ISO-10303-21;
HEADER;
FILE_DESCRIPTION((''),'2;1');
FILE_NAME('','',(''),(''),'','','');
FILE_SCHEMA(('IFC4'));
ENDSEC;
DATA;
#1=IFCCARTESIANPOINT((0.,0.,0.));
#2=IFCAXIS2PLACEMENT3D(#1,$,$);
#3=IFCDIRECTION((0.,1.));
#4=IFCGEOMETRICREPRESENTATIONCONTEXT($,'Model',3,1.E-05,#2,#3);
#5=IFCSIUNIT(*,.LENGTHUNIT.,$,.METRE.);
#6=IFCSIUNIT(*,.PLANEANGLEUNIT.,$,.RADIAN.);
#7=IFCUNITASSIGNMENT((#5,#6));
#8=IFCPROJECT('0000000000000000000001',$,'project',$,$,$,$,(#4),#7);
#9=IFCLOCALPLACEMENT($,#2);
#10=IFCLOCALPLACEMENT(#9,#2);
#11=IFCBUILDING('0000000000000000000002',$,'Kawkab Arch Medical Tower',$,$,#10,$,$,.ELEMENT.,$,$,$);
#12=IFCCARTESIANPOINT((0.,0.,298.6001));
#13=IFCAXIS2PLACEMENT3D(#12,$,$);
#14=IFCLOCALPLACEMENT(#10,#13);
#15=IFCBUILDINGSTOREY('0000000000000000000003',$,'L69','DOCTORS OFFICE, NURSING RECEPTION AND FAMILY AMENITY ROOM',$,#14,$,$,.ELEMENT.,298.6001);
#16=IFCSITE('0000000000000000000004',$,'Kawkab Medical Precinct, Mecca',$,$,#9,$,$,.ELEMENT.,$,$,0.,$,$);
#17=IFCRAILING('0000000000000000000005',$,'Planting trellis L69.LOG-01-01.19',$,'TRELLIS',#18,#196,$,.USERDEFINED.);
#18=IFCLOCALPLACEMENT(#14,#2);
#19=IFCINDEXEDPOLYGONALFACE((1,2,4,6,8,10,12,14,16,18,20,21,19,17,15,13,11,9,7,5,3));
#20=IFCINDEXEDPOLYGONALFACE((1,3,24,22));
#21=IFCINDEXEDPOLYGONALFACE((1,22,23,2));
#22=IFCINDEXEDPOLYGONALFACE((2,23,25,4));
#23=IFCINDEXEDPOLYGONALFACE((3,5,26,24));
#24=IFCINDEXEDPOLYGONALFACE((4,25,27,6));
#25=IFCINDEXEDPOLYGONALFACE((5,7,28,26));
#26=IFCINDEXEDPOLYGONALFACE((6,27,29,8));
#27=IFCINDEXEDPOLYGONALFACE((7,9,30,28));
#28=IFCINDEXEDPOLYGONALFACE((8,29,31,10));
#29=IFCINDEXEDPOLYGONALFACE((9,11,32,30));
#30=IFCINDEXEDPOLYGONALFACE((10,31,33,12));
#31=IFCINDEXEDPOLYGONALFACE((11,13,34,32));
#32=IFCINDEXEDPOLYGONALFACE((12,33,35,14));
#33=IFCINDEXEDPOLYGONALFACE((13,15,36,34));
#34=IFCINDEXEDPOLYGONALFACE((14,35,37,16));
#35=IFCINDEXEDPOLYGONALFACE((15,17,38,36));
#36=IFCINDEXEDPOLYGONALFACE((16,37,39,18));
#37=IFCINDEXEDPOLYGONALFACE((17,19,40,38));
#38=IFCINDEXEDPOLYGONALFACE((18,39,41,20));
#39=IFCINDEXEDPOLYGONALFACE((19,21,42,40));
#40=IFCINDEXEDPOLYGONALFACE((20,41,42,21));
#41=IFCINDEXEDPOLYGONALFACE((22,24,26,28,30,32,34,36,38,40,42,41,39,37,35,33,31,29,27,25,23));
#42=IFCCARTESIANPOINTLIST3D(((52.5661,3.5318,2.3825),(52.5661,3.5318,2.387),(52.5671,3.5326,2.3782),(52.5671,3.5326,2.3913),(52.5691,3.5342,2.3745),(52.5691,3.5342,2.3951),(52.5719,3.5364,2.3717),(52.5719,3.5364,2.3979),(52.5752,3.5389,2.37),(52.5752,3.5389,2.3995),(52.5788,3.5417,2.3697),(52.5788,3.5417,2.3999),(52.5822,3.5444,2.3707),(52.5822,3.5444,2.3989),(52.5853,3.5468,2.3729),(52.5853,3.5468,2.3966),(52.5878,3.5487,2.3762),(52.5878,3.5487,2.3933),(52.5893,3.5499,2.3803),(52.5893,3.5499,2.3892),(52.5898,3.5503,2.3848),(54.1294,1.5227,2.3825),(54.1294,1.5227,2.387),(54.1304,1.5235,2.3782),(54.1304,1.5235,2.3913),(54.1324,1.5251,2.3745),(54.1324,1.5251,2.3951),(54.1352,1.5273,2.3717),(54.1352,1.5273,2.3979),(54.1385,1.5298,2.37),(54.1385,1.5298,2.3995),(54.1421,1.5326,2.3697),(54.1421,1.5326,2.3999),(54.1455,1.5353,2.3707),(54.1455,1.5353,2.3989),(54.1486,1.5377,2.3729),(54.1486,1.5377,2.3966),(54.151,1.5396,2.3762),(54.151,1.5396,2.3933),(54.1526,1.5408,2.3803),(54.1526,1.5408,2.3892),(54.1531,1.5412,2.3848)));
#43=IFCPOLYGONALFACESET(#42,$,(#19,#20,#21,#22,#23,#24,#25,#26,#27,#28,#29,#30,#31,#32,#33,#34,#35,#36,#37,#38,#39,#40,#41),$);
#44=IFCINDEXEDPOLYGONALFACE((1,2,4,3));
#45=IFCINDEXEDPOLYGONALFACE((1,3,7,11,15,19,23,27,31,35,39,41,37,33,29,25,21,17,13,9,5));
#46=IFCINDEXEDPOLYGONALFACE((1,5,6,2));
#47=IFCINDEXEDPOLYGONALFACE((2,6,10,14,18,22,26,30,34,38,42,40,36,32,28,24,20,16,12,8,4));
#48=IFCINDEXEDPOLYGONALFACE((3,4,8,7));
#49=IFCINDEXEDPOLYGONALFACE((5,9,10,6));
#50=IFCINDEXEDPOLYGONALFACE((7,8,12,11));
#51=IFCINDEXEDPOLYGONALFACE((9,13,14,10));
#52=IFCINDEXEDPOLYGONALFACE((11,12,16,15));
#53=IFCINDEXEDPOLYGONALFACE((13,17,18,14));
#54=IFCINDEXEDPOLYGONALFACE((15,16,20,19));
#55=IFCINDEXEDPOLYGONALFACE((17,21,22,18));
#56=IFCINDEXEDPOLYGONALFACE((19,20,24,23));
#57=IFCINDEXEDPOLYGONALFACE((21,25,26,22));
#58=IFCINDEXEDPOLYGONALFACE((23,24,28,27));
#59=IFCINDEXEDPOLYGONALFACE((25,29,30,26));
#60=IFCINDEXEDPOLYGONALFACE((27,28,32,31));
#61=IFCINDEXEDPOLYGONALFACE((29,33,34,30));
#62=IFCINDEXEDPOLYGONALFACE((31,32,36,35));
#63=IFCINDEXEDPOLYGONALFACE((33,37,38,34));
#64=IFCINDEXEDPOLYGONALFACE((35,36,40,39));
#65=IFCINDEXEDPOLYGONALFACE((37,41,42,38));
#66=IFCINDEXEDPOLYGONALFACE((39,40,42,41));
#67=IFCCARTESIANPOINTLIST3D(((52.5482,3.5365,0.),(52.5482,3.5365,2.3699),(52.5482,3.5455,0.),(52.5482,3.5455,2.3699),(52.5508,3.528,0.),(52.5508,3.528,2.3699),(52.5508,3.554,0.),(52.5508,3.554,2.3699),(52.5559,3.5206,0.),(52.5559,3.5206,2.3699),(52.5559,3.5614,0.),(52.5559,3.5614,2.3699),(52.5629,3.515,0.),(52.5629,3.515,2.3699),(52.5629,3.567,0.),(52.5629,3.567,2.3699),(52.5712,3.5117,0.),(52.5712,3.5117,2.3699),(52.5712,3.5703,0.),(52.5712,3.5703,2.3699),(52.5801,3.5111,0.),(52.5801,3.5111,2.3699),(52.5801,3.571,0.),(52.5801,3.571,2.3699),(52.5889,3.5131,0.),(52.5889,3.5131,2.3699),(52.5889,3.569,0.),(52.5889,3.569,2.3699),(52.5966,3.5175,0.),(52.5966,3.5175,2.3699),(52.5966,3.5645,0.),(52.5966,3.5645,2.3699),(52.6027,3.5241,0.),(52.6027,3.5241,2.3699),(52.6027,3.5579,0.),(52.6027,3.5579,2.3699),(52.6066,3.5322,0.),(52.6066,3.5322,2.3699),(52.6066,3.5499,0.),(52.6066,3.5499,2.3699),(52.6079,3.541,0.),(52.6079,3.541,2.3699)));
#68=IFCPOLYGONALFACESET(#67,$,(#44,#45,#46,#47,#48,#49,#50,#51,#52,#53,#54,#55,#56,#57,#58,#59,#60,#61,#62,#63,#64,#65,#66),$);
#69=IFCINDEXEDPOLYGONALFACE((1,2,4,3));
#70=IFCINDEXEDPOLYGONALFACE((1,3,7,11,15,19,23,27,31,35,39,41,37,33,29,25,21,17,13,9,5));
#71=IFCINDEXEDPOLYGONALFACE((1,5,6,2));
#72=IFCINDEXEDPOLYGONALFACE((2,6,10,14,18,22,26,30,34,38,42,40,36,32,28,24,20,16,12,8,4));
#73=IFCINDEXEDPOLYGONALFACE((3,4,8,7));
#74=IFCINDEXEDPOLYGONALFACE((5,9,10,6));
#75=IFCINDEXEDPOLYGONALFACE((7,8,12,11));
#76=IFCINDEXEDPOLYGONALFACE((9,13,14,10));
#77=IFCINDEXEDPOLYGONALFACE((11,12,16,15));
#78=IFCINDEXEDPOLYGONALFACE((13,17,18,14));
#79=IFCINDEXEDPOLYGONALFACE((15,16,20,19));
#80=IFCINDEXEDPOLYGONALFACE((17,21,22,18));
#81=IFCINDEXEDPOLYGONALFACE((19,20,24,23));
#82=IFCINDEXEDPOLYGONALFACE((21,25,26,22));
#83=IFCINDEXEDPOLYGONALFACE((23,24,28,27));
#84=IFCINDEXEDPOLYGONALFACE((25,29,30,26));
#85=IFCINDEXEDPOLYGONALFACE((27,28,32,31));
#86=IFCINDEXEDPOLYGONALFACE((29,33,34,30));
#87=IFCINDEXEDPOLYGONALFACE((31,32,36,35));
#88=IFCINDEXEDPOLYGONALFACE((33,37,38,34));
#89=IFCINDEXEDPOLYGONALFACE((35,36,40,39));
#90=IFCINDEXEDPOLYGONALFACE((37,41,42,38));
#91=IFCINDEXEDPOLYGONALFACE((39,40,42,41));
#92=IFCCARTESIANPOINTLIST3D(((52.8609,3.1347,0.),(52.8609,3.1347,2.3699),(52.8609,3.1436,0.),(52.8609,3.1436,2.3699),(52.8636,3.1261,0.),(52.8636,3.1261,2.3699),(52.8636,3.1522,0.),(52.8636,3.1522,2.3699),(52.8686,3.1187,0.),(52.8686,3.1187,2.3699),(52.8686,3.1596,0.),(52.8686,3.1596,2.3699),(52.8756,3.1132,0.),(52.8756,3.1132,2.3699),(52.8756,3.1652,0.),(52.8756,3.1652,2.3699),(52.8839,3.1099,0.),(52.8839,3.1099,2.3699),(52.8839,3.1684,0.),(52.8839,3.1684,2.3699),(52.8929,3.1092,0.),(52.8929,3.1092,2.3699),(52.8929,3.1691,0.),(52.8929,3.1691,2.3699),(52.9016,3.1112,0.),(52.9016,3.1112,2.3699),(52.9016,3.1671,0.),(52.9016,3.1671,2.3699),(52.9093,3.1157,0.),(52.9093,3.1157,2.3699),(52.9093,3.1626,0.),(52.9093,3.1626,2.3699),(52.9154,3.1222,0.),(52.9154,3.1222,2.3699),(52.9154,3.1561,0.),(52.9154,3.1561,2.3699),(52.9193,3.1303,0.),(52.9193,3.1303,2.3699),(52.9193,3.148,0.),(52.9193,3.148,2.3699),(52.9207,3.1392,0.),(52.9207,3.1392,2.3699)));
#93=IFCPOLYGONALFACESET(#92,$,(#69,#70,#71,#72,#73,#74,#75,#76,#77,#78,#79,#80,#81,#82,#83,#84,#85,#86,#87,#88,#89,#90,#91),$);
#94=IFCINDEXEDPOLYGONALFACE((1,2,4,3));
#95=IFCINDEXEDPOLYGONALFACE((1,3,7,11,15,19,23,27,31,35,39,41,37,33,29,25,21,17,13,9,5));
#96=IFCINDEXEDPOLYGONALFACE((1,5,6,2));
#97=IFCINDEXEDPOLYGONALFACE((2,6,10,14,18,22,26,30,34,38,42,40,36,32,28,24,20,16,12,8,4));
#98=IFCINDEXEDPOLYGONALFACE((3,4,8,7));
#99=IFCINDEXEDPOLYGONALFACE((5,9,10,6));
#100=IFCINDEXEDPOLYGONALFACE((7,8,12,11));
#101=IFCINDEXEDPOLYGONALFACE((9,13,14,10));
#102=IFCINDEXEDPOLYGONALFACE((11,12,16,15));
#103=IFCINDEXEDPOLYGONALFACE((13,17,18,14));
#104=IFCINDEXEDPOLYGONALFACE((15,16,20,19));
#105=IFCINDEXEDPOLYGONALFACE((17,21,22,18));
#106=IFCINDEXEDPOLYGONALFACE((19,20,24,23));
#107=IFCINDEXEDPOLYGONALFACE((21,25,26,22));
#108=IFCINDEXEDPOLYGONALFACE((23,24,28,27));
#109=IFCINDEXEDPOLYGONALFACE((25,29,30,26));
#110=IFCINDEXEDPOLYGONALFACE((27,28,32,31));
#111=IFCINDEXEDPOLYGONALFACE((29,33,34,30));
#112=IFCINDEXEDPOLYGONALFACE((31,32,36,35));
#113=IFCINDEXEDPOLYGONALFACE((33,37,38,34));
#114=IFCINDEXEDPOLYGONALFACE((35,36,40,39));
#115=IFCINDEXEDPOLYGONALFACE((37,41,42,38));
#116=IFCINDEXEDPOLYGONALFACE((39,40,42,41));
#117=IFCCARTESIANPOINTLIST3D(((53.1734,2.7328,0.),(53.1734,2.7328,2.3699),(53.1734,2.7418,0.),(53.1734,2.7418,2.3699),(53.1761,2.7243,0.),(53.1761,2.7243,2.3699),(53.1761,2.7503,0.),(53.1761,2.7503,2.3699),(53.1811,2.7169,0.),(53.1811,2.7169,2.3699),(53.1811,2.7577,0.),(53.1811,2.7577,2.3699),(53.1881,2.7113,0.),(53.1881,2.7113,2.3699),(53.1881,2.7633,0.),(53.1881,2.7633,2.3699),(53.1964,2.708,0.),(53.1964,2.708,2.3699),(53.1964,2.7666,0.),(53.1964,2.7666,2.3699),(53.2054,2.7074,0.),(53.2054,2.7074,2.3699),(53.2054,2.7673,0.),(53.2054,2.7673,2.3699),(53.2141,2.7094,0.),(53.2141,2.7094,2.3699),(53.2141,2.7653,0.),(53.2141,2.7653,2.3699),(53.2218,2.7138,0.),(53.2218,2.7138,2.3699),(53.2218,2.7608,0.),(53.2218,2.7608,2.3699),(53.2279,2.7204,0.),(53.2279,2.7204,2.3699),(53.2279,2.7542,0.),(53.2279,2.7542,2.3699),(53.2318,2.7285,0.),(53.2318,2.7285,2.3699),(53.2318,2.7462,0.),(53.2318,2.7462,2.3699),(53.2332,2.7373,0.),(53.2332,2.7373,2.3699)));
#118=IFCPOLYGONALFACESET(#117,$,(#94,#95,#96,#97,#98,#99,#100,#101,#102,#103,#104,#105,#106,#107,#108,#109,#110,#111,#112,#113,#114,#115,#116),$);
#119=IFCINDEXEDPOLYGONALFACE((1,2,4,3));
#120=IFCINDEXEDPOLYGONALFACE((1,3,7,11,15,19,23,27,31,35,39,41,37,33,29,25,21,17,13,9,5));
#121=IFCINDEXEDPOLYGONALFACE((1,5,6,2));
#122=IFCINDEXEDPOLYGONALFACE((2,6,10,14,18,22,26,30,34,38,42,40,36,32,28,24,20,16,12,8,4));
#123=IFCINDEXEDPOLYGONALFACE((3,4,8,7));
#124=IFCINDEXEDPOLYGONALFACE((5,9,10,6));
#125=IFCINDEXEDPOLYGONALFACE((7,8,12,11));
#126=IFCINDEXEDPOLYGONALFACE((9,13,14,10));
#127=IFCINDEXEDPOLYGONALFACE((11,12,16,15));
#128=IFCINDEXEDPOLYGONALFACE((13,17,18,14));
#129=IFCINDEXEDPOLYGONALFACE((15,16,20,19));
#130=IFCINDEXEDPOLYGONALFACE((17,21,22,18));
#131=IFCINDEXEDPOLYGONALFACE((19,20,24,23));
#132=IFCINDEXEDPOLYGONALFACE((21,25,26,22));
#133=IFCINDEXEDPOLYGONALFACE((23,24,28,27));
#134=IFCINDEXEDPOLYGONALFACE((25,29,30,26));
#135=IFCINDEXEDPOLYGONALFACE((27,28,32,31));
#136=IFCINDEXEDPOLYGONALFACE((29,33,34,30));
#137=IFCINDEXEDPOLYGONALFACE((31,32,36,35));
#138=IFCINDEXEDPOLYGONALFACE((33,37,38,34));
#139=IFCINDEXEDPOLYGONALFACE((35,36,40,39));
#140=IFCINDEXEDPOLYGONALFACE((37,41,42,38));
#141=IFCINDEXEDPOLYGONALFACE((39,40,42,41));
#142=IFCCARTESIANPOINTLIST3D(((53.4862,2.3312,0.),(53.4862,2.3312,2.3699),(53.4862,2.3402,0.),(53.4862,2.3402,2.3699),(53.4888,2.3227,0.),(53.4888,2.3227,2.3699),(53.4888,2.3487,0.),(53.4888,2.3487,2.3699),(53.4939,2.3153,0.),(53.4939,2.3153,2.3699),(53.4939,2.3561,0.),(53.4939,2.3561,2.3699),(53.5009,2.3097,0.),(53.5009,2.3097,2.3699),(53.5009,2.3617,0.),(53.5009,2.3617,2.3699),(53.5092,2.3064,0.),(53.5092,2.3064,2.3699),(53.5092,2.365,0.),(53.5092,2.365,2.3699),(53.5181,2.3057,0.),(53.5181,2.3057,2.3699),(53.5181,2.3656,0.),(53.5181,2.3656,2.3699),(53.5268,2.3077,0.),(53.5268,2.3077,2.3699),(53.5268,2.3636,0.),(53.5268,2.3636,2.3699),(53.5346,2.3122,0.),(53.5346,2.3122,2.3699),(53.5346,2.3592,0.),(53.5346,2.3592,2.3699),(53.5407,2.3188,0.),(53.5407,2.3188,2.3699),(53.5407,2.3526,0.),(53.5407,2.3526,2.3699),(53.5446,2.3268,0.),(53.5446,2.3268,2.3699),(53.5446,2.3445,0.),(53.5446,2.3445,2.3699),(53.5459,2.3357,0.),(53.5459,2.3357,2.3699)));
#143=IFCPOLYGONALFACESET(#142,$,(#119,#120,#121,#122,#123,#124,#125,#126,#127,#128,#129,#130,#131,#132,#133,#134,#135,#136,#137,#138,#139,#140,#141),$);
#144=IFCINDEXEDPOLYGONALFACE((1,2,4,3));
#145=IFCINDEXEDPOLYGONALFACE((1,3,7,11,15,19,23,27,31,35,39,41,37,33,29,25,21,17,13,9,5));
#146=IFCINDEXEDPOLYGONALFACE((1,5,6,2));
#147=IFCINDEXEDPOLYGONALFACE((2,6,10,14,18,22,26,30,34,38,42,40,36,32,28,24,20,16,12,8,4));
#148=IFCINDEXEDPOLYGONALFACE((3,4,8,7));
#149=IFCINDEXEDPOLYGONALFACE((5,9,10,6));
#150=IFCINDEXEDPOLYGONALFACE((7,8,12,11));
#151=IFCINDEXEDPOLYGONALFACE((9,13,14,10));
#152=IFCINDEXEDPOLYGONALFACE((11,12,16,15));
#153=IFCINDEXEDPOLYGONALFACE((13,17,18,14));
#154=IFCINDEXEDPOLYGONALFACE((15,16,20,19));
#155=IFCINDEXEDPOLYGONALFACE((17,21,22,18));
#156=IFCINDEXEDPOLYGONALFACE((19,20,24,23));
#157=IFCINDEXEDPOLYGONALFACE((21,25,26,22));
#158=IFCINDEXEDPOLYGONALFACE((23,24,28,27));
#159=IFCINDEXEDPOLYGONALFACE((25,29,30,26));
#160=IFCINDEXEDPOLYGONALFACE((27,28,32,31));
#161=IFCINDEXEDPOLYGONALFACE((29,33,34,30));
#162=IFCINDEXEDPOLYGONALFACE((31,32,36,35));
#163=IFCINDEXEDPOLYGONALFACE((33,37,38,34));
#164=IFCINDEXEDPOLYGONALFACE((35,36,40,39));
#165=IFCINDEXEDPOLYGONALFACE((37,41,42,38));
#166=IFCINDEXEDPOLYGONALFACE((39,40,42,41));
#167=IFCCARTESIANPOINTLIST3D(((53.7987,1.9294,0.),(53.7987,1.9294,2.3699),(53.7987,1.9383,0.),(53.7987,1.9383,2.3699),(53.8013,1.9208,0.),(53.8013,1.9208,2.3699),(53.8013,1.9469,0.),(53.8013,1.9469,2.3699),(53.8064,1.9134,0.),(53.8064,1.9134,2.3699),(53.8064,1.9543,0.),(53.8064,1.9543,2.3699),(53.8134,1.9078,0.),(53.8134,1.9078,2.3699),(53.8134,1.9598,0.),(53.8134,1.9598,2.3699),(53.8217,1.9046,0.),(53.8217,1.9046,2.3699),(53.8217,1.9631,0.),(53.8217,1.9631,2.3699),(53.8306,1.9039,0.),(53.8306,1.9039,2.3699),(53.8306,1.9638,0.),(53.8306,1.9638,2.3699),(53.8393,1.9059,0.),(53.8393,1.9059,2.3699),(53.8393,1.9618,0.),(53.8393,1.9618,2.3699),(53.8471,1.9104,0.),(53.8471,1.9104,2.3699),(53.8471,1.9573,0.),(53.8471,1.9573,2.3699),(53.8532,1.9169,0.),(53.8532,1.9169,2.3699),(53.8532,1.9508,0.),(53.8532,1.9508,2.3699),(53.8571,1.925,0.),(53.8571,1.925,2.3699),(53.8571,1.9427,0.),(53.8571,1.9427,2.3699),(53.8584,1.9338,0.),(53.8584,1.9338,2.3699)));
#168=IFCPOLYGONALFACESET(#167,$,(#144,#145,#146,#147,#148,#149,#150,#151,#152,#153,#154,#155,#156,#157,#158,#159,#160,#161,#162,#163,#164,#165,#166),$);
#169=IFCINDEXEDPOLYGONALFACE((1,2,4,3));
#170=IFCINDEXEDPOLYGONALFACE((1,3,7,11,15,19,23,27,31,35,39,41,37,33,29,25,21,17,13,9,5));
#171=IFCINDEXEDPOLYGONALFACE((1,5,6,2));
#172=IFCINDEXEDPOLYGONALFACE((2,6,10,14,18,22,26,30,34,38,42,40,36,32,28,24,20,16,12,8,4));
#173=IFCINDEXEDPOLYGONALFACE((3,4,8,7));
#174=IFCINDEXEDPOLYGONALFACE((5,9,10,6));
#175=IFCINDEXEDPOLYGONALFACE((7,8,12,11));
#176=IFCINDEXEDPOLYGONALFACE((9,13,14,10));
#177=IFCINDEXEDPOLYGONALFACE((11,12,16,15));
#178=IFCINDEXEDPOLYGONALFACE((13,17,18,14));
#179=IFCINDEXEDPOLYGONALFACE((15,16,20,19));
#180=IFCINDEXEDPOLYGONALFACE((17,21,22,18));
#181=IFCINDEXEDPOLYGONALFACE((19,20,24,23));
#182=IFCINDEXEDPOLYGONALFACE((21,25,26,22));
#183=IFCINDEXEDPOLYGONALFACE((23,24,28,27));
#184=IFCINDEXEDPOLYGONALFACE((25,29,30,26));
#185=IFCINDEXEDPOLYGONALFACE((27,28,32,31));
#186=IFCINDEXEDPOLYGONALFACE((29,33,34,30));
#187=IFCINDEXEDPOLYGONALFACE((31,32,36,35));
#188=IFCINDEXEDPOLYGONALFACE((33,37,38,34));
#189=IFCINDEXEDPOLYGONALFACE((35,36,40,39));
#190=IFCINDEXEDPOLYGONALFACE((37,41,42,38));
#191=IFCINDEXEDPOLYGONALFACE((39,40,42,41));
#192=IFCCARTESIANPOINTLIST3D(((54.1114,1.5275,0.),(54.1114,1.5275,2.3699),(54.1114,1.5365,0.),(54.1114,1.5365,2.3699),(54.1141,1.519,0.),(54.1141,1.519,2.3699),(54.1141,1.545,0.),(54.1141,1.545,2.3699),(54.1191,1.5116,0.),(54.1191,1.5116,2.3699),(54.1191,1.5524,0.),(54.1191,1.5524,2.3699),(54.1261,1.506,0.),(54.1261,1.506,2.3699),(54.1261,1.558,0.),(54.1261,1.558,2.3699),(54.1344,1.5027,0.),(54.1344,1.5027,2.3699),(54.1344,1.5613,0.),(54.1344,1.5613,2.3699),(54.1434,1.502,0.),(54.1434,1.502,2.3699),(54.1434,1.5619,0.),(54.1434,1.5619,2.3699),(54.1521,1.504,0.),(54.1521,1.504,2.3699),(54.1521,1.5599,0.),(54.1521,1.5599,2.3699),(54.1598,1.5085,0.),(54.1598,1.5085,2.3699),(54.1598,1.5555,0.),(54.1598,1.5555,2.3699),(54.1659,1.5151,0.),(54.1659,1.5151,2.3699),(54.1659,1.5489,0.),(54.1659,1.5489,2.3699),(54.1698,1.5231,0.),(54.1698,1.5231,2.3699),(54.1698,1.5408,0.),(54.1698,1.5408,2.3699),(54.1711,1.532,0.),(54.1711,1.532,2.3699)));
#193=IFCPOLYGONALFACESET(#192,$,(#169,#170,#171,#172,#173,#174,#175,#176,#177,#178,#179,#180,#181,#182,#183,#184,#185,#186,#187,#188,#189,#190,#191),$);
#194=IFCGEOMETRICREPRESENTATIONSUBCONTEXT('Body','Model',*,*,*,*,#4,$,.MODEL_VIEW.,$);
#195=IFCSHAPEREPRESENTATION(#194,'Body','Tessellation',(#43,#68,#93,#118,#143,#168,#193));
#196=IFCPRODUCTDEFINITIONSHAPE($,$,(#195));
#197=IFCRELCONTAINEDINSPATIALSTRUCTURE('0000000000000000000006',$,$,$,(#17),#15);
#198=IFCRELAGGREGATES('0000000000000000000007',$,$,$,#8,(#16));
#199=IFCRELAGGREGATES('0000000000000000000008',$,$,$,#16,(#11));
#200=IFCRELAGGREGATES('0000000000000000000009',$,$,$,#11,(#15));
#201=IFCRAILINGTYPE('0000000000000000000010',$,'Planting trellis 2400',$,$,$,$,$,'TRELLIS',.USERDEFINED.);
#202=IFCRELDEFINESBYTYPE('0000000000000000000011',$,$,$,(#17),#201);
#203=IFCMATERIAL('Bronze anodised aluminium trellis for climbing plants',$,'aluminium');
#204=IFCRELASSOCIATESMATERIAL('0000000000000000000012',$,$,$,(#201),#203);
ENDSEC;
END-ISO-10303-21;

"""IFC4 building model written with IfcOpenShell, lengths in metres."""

from ifc_helpers import new_model, si_unit, direction, frame, origin, origin_2d, place, context, subcontext, project, spatial, circle, extrude, material, type_object, element, save


model = new_model("IFC4")

# Units and contexts
model_context = context("Model", 3, precision=1e-05, world=origin(), true_north=direction((0.0, 1.0)))
body_context = subcontext(model_context, "Body", "Model", "MODEL_VIEW")
ifc_project = project(units=[si_unit("LENGTHUNIT", "METRE"), si_unit("PLANEANGLEUNIT", "RADIAN")], contexts=[model_context])

# Site, building, storey
site_placement = place(None, origin())
site = spatial("IfcSite", under=ifc_project, at=site_placement, Name="Kawkab Medical Precinct, Mecca", CompositionType="ELEMENT", RefElevation=0.0)
building_placement = place(site_placement, origin())
building = spatial("IfcBuilding", under=site, at=building_placement, Name="Kawkab Arch Medical Tower", CompositionType="ELEMENT")
storey_placement = place(building_placement, frame((0.0, 0.0, 298.6001)))
storey = spatial("IfcBuildingStorey", under=building, at=storey_placement, Name="L69", Description="DOCTORS OFFICE, NURSING RECEPTION AND FAMILY AMENITY ROOM", CompositionType="ELEMENT", Elevation=298.6001)

# Railing
ifc_material_1 = material(Name="Bronze anodised aluminium trellis for climbing plants", Category="aluminium")
railing_type = type_object("IfcRailingType", Name="Planting trellis 2400", ElementType="TRELLIS", PredefinedType="USERDEFINED", material=ifc_material_1)
railing_1_placement = place(storey_placement, frame((52.5779, 3.541, 0.0)))
element("IfcRailing", 1, at=railing_1_placement, inside=storey, type_object=railing_type, Name="Planting trellis L69.LOG-01-01.19", ObjectType="TRELLIS", PredefinedType="USERDEFINED", context=body_context, shape_type="SweptSolid", body=[
    extrude(circle(Radius=0.0151, at=origin_2d()), frame((0.0, 0.0, 2.3848), z_axis=(0.6141, -0.789228, 0.0), x_axis=(0.789228, 0.6141, 0.0)), (0.0, 0.0, 1.0), 2.5457),
    extrude(circle(Radius=0.03, at=origin_2d()), origin(), (0.0, 0.0, 1.0), 2.3699),
    extrude(circle(Radius=0.03, at=origin_2d()), frame((0.3127, -0.4019, 0.0)), (0.0, 0.0, 1.0), 2.3699),
    extrude(circle(Radius=0.03, at=origin_2d()), frame((0.6252, -0.8037, 0.0)), (0.0, 0.0, 1.0), 2.3699),
    extrude(circle(Radius=0.03, at=origin_2d()), frame((0.938, -1.2053, 0.0)), (0.0, 0.0, 1.0), 2.3699),
    extrude(circle(Radius=0.03, at=origin_2d()), frame((1.2505, -1.6072, 0.0)), (0.0, 0.0, 1.0), 2.3699),
    extrude(circle(Radius=0.03, at=origin_2d()), frame((1.5632, -2.009, 0.0)), (0.0, 0.0, 1.0), 2.3699),
])

save(model, "model.ifc")
